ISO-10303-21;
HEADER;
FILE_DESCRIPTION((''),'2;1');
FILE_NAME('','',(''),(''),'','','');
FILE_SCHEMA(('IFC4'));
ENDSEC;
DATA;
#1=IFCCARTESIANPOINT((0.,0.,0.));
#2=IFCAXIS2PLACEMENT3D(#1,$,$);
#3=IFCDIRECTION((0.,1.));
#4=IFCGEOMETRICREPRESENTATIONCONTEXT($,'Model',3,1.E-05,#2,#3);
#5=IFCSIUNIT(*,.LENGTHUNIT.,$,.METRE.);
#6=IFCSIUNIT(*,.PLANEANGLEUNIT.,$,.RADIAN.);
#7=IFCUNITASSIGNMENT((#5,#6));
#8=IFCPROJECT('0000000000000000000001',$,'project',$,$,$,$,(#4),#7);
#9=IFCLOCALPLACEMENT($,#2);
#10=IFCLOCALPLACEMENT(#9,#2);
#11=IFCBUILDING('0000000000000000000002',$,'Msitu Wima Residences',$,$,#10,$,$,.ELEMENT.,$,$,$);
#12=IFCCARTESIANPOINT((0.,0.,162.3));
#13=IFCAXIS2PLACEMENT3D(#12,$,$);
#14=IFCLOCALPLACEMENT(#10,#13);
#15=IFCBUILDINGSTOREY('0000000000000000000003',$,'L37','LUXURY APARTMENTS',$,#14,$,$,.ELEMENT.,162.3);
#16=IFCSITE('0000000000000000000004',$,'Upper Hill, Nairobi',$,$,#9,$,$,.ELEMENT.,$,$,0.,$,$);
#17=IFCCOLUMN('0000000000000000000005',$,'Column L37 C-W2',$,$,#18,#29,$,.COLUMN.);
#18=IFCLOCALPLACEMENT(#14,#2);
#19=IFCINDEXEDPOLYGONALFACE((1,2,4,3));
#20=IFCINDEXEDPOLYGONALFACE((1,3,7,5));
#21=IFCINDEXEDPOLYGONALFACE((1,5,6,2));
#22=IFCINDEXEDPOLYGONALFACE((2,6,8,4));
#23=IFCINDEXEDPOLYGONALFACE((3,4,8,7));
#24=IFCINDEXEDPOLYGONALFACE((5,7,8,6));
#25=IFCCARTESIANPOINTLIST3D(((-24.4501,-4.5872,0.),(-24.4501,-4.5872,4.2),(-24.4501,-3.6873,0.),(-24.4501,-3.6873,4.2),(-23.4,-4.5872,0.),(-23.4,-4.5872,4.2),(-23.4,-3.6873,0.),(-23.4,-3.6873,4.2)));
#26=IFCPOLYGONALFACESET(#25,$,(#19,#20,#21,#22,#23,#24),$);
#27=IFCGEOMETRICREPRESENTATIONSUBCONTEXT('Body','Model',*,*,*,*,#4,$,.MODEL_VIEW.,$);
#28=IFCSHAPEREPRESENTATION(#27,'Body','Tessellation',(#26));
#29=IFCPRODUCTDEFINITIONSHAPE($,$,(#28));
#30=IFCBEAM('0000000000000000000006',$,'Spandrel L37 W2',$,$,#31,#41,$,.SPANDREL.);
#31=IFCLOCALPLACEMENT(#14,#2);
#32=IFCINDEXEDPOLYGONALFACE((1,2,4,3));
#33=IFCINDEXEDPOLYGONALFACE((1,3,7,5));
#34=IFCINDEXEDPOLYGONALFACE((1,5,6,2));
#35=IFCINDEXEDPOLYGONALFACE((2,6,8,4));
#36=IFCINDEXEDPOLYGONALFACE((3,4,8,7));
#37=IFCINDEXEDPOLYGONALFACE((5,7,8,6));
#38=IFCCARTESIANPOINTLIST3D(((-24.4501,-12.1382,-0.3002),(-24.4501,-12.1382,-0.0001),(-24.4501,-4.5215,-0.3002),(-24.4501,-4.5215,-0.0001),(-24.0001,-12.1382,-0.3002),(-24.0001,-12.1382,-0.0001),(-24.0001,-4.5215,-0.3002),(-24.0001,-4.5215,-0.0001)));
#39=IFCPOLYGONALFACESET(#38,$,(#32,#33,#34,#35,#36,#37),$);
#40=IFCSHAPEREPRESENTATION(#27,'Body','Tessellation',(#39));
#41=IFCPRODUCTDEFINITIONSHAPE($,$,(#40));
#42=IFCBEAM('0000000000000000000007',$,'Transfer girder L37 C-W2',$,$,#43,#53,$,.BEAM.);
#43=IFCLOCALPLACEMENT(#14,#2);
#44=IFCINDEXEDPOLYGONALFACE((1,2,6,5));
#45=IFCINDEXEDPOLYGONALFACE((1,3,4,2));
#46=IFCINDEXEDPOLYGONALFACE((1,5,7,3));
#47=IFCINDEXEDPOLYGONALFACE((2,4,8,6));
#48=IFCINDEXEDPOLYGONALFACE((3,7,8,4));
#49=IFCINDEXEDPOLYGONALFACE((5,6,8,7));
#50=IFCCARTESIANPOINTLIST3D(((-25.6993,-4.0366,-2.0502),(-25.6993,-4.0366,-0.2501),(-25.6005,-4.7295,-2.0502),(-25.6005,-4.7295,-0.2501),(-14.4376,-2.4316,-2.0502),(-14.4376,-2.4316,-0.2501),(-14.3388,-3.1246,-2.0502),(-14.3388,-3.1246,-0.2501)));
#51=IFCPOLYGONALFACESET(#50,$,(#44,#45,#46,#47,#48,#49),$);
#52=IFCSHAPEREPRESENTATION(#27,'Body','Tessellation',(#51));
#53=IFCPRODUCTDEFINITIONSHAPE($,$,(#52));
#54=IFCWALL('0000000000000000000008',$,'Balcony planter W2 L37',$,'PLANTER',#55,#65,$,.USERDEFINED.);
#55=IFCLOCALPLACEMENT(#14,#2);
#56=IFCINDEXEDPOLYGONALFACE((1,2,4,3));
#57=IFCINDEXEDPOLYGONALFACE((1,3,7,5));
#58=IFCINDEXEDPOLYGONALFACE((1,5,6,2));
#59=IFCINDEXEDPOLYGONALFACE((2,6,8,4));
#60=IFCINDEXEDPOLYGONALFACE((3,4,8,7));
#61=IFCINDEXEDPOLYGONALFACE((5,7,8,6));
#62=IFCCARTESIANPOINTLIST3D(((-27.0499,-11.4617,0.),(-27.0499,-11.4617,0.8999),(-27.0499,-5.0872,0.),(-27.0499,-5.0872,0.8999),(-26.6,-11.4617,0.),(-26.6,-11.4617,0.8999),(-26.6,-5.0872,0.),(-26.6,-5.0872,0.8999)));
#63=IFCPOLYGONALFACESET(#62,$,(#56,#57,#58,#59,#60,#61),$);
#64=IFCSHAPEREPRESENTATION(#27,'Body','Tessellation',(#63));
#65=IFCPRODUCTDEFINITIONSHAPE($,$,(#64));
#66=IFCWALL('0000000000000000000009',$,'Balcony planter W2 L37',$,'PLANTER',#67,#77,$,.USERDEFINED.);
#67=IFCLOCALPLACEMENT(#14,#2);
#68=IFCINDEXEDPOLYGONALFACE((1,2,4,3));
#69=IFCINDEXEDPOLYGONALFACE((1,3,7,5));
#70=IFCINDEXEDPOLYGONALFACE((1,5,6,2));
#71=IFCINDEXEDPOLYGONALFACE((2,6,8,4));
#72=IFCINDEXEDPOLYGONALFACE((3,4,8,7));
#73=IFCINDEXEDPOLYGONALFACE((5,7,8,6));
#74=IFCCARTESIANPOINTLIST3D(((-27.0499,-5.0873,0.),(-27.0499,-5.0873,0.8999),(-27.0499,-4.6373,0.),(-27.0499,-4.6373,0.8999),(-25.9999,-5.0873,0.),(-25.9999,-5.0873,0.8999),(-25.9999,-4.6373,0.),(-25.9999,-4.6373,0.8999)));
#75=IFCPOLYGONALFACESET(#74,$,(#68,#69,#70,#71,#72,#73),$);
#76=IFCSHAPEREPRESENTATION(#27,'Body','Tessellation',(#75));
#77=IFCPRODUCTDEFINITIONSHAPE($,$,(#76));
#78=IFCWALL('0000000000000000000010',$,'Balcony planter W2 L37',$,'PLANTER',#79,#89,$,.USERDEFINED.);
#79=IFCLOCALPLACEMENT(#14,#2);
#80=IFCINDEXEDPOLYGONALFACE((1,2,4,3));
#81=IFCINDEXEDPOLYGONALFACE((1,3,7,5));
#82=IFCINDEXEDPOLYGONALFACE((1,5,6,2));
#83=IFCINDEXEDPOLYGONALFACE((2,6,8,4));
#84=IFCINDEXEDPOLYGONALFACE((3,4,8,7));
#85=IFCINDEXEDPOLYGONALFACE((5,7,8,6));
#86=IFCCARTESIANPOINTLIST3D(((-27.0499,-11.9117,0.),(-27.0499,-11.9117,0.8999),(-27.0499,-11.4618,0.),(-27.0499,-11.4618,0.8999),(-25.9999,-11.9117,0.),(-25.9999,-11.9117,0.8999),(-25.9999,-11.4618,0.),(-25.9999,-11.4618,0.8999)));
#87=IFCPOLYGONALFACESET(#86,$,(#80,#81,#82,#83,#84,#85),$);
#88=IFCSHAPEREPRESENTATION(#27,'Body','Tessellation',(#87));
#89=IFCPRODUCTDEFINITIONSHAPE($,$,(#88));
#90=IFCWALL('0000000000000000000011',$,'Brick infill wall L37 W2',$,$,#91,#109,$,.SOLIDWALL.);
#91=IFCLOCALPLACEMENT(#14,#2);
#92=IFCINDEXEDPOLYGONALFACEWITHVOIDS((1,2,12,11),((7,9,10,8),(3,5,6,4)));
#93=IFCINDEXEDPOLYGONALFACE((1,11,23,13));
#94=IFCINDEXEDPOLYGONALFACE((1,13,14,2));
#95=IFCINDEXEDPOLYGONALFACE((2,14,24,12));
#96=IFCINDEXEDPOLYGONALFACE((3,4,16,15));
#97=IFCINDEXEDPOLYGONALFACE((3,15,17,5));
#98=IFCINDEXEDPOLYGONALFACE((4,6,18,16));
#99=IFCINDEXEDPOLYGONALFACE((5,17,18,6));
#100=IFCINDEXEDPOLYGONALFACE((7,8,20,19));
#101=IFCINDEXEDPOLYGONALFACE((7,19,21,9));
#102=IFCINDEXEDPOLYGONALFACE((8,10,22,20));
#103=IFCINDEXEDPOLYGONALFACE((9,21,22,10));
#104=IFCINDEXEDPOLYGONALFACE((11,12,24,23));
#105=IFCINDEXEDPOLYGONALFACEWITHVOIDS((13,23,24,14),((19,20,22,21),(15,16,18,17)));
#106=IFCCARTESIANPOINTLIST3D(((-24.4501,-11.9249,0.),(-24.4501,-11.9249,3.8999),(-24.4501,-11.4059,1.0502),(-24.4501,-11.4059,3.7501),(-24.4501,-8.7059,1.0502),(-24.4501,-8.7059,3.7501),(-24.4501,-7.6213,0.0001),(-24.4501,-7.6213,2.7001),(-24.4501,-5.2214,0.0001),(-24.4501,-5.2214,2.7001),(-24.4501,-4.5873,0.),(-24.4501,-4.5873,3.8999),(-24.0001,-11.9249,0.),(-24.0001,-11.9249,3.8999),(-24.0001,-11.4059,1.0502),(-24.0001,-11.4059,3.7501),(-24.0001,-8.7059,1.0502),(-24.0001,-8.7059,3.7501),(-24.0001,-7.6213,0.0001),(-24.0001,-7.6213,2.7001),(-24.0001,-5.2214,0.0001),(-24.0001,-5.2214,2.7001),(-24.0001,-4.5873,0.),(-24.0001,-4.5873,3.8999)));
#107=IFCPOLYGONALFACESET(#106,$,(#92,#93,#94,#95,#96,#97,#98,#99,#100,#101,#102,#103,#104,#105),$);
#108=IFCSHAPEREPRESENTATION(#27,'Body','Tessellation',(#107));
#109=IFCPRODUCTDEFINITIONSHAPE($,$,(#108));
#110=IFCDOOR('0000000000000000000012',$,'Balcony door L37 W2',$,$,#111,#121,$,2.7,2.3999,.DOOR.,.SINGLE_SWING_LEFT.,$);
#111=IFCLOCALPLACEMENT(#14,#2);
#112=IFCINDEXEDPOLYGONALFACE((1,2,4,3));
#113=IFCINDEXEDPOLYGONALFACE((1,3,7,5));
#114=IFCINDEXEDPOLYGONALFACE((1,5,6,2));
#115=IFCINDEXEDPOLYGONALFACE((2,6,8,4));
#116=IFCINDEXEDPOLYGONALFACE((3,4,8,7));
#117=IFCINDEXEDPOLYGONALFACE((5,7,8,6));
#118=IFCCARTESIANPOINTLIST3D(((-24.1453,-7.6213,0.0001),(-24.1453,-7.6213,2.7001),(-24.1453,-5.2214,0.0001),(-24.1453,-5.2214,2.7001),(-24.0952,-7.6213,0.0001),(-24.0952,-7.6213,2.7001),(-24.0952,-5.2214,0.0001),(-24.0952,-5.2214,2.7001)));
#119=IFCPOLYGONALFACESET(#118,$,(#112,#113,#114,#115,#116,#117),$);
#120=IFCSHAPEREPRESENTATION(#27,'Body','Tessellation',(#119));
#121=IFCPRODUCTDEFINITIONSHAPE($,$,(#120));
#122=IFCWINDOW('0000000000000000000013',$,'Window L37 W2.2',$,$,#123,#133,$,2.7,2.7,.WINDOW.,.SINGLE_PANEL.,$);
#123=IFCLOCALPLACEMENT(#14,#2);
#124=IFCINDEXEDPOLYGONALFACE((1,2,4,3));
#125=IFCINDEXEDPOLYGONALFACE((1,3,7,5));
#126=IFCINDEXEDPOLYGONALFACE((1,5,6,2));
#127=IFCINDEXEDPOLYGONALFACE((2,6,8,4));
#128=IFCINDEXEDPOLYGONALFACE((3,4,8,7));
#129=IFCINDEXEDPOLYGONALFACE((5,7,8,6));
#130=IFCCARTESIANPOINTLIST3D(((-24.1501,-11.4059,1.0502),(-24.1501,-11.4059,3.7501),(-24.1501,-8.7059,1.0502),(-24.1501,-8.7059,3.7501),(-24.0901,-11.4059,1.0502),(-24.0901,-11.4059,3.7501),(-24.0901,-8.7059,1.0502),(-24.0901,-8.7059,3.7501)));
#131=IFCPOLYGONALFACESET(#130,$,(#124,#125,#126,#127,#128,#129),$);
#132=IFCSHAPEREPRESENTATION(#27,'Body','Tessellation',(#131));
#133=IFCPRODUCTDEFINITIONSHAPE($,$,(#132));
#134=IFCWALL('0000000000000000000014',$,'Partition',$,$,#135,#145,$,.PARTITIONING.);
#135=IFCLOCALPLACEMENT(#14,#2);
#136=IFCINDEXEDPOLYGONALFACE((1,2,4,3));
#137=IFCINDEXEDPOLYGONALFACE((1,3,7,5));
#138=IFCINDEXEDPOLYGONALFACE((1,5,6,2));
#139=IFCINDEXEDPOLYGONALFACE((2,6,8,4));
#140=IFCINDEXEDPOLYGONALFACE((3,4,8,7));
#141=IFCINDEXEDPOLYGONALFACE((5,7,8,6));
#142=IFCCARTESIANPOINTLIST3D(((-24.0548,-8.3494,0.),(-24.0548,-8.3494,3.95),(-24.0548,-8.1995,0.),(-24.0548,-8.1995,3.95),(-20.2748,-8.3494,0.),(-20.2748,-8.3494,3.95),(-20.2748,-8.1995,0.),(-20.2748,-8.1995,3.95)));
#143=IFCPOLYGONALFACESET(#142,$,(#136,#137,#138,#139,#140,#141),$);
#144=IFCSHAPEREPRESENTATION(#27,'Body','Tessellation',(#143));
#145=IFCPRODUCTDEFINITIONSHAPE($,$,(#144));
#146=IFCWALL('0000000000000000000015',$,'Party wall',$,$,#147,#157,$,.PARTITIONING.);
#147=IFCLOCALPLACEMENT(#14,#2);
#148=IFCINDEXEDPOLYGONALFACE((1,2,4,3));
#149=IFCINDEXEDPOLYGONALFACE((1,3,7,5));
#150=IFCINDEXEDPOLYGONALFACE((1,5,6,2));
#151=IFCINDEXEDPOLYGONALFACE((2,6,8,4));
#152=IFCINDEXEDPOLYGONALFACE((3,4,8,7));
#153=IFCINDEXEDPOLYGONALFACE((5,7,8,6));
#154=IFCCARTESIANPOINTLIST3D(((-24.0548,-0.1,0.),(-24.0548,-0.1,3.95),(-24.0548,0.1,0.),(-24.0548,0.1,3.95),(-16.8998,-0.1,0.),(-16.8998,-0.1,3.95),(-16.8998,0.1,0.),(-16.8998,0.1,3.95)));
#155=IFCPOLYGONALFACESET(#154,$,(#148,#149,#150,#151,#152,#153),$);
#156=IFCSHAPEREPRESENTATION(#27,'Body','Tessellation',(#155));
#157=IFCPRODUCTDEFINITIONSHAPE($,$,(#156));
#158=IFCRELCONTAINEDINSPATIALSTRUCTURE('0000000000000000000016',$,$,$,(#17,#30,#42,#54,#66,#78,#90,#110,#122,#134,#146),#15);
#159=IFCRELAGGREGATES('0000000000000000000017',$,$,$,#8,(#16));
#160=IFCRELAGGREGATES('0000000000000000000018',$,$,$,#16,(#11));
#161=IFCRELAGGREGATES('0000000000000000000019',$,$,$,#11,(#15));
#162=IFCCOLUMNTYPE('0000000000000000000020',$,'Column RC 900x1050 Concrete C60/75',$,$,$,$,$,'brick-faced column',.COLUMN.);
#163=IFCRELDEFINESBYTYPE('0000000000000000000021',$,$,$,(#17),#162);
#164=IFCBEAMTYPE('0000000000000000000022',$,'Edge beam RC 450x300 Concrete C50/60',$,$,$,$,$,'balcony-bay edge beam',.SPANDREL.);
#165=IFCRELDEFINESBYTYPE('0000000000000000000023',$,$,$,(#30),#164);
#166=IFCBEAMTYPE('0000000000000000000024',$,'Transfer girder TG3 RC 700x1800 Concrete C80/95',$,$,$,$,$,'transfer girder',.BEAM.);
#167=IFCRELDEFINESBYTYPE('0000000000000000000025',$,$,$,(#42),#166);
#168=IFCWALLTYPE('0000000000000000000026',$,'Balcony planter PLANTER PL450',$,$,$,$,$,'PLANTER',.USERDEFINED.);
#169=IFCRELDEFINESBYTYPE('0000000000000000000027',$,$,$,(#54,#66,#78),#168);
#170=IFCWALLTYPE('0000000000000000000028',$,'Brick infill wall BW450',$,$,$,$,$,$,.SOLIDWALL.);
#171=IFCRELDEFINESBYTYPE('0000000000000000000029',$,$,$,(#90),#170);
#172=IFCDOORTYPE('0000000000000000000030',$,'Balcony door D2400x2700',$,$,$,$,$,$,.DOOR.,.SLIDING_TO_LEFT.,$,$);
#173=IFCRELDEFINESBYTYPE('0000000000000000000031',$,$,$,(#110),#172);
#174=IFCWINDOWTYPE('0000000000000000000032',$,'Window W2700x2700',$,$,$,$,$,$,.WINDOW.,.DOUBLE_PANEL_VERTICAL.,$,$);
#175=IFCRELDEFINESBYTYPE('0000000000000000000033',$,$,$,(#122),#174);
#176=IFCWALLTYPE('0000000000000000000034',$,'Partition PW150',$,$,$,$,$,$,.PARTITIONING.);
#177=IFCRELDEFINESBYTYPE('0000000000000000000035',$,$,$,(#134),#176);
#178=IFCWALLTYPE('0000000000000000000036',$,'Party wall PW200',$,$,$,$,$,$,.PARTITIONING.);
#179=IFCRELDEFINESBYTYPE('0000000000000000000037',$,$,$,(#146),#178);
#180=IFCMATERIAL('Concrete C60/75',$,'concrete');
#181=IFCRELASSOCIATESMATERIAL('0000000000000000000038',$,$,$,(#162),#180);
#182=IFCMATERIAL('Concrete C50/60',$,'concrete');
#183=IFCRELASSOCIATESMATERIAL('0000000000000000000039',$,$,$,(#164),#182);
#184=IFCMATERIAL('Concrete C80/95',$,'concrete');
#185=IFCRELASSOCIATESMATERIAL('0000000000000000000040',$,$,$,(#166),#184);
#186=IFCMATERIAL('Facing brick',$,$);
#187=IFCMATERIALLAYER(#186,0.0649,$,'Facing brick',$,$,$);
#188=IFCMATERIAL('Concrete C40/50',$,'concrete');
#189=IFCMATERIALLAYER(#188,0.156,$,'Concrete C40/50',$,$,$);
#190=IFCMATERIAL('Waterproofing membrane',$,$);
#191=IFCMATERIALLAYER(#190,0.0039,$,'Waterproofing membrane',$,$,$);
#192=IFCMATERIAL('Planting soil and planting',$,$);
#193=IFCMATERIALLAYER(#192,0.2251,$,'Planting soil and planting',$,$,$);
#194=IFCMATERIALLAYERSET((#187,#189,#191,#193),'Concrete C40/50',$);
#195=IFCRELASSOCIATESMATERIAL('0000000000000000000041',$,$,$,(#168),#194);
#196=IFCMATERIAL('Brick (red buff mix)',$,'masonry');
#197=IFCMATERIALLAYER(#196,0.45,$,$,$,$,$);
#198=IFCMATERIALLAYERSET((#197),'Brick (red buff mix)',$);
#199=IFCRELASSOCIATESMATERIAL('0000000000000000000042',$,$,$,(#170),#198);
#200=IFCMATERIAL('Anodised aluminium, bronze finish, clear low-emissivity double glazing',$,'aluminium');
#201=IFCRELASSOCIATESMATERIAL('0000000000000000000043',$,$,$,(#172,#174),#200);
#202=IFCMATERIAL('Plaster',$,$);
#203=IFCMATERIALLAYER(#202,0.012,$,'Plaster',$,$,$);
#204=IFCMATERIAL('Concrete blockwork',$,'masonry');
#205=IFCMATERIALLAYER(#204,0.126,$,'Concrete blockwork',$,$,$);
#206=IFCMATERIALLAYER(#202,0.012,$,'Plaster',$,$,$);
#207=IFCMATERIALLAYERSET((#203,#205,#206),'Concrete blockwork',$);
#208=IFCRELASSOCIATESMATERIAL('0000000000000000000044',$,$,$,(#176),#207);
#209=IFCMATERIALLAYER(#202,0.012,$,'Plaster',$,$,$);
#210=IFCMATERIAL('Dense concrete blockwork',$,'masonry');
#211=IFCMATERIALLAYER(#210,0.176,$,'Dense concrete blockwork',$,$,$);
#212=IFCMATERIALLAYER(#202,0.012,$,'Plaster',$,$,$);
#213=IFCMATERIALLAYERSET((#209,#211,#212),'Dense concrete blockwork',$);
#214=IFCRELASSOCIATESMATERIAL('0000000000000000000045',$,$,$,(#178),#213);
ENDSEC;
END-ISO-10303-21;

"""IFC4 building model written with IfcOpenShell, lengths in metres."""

from ifc_helpers import new_model, si_unit, direction, frame, frame_2d, origin, origin_2d, place, context, subcontext, project, spatial, rectangle, extrude, material, layer, layer_set, material_profile, profile_set, type_object, element, fill, save


model = new_model("IFC4")

# Units and contexts
model_context = context("Model", 3, precision=1e-05, world=origin(), true_north=direction((0.0, 1.0)))
body_context = subcontext(model_context, "Body", "Model", "MODEL_VIEW")
ifc_project = project(units=[si_unit("LENGTHUNIT", "METRE"), si_unit("PLANEANGLEUNIT", "RADIAN")], contexts=[model_context])

# Site, building, storey
site_placement = place(None, origin())
site = spatial("IfcSite", under=ifc_project, at=site_placement, Name="Upper Hill, Nairobi", CompositionType="ELEMENT", RefElevation=0.0)
building_placement = place(site_placement, origin())
building = spatial("IfcBuilding", under=site, at=building_placement, Name="Msitu Wima Residences", CompositionType="ELEMENT")
storey_placement = place(building_placement, frame((0.0, 0.0, 162.3)))
storey = spatial("IfcBuildingStorey", under=building, at=storey_placement, Name="L37", Description="LUXURY APARTMENTS", CompositionType="ELEMENT", Elevation=162.3)

# Column
ifc_material_1 = material(Name="Concrete C60/75", Category="concrete")
ifc_material_profile_1 = material_profile(ifc_material_1, rectangle(XDim=0.8999, YDim=1.05, at=origin_2d()), Name="RC 900x1050")
ifc_profile_set_1 = profile_set([ifc_material_profile_1], Name="Concrete C60/75")
column_type = type_object("IfcColumnType", Name="Column RC 900x1050 Concrete C60/75", ElementType="brick-faced column", PredefinedType="COLUMN", material=ifc_profile_set_1)
column_placement = place(storey_placement, frame((-23.925, -4.1372, 0.0), z_axis=(0.0, 0.0, 1.0), x_axis=(0.0, -1.0, 0.0)))
element("IfcColumn", 1, at=column_placement, inside=storey, type_object=column_type, Name="Column L37 C-W2", PredefinedType="COLUMN", context=body_context, shape_type="SweptSolid", body=[
    extrude(rectangle(XDim=0.8999, YDim=1.05, at=origin_2d()), origin(), (0.0, 0.0, 1.0), 4.2),
])

# Beams
ifc_material_2 = material(Name="Concrete C50/60", Category="concrete")
ifc_material_profile_2 = material_profile(ifc_material_2, rectangle(XDim=0.45, YDim=0.3, at=origin_2d()), Name="RC 450x300")
ifc_profile_set_2 = profile_set([ifc_material_profile_2], Name="Concrete C50/60")
beam_type_1 = type_object("IfcBeamType", Name="Edge beam RC 450x300 Concrete C50/60", ElementType="balcony-bay edge beam", PredefinedType="SPANDREL", material=ifc_profile_set_2)
beam_1_placement = place(storey_placement, frame((-24.2251, -4.5215, -0.1501), z_axis=(0.0, -1.0, 0.0), x_axis=(1.0, 0.0, 0.0)))
element("IfcBeam", 2, at=beam_1_placement, inside=storey, type_object=beam_type_1, Name="Spandrel L37 W2", PredefinedType="SPANDREL", context=body_context, shape_type="SweptSolid", body=[
    extrude(rectangle(XDim=0.45, YDim=0.3, at=origin_2d()), origin(), (0.0, 0.0, 1.0), 7.6167),
])
ifc_material_3 = material(Name="Concrete C80/95", Category="concrete")
ifc_material_profile_3 = material_profile(ifc_material_3, rectangle(XDim=0.7, YDim=1.8, at=origin_2d()), Name="RC 700x1800")
ifc_profile_set_3 = profile_set([ifc_material_profile_3], Name="Concrete C80/95")
beam_type_2 = type_object("IfcBeamType", Name="Transfer girder TG3 RC 700x1800 Concrete C80/95", ElementType="transfer girder", PredefinedType="BEAM", material=ifc_profile_set_3)
beam_2_placement = place(storey_placement, frame((-25.6499, -4.3831, -1.1501), z_axis=(0.989997, 0.141091, 0.0), x_axis=(-0.141091, 0.989997, 0.0)))
element("IfcBeam", 3, at=beam_2_placement, inside=storey, type_object=beam_type_2, Name="Transfer girder L37 C-W2", PredefinedType="BEAM", context=body_context, shape_type="SweptSolid", body=[
    extrude(rectangle(XDim=0.7, YDim=1.8, at=origin_2d()), origin(), (0.0, 0.0, 1.0), 11.3755),
])

# Walls
ifc_material_4 = material(Name="Facing brick")
ifc_layer_1 = layer(ifc_material_4, 0.0649, Name="Facing brick")
ifc_material_5 = material(Name="Concrete C40/50", Category="concrete")
ifc_layer_2 = layer(ifc_material_5, 0.156, Name="Concrete C40/50")
ifc_material_6 = material(Name="Waterproofing membrane")
ifc_layer_3 = layer(ifc_material_6, 0.0039, Name="Waterproofing membrane")
ifc_material_7 = material(Name="Planting soil and planting")
ifc_layer_4 = layer(ifc_material_7, 0.2251, Name="Planting soil and planting")
ifc_layer_set_1 = layer_set([ifc_layer_1, ifc_layer_2, ifc_layer_3, ifc_layer_4], Name="Concrete C40/50")
wall_type_1 = type_object("IfcWallType", Name="Balcony planter PLANTER PL450", ElementType="PLANTER", PredefinedType="USERDEFINED", material=ifc_layer_set_1)
wall_1_placement = place(storey_placement, frame((-26.825, -5.0872, 0.0), z_axis=(0.0, 0.0, 1.0), x_axis=(0.0, -1.0, 0.0)))
element("IfcWall", 4, at=wall_1_placement, inside=storey, type_object=wall_type_1, Name="Balcony planter W2 L37", ObjectType="PLANTER", PredefinedType="USERDEFINED", context=body_context, shape_type="SweptSolid", body=[
    extrude(rectangle(XDim=6.3745, YDim=0.45, at=frame_2d((3.1873, 0.0))), origin(), (0.0, 0.0, 1.0), 0.8999),
])
for number, where, z_axis, x_axis, name in (
    (5, (-26.0, -4.8623, 0.0), (0.0, 0.0, 1.0), (-1.0, 0.0, 0.0), "Balcony planter W2 L37"),
    (6, (-26.0, -11.6868, 0.0), (0.0, 0.0, 1.0), (-1.0, 0.0, 0.0), "Balcony planter W2 L37"),
):
    element("IfcWall", number, at=place(storey_placement, frame(where, z_axis=z_axis, x_axis=x_axis)), inside=storey, type_object=wall_type_1, Name=name, ObjectType="PLANTER", PredefinedType="USERDEFINED", context=body_context, shape_type="SweptSolid", body=[
        extrude(rectangle(XDim=1.05, YDim=0.45, at=frame_2d((0.5249, 0.0))), origin(), (0.0, 0.0, 1.0), 0.8999),
    ])

# Wall, openings, door, window
ifc_material_8 = material(Name="Brick (red buff mix)", Category="masonry")
ifc_layer_5 = layer(ifc_material_8, 0.45)
ifc_layer_set_2 = layer_set([ifc_layer_5], Name="Brick (red buff mix)")
wall_type_2 = type_object("IfcWallType", Name="Brick infill wall BW450", PredefinedType="SOLIDWALL", material=ifc_layer_set_2)
wall_2_placement = place(storey_placement, frame((-24.2251, -4.5872, 0.0), z_axis=(0.0, 0.0, 1.0), x_axis=(0.0, -1.0, 0.0)))
wall_2 = element("IfcWall", 7, at=wall_2_placement, inside=storey, type_object=wall_type_2, Name="Brick infill wall L37 W2", PredefinedType="SOLIDWALL", context=body_context, shape_type="SweptSolid", body=[
    extrude(rectangle(XDim=7.3376, YDim=0.45, at=frame_2d((3.6689, 0.0))), origin(), (0.0, 0.0, 1.0), 3.8999),
])
opening_1_placement = place(wall_2_placement, frame((0.6343, 0.0, 0.0)))
opening_1 = element("IfcOpeningElement", 8, at=opening_1_placement, cuts=wall_2, PredefinedType="OPENING", context=body_context, shape_type="SweptSolid", body=[
    extrude(rectangle(XDim=2.3999, YDim=2.7, at=frame_2d((1.2, 1.3501))), frame((0.0, 0.2349, 0.0), z_axis=(0.0, -1.0, 0.0), x_axis=(1.0, 0.0, 0.0)), (0.0, 0.0, 1.0), 0.47),
])
opening_2_placement = place(wall_2_placement, frame((4.1187, 0.0, 1.05)))
opening_2 = element("IfcOpeningElement", 9, at=opening_2_placement, cuts=wall_2, PredefinedType="OPENING", context=body_context, shape_type="SweptSolid", body=[
    extrude(rectangle(XDim=2.7, YDim=2.7, at=frame_2d((1.3501, 1.3501))), frame((0.0, 0.2349, 0.0), z_axis=(0.0, -1.0, 0.0), x_axis=(1.0, 0.0, 0.0)), (0.0, 0.0, 1.0), 0.47),
])
ifc_material_9 = material(Name="Anodised aluminium, bronze finish, clear low-emissivity double glazing", Category="aluminium")
door_type = type_object("IfcDoorType", Name="Balcony door D2400x2700", OperationType="SLIDING_TO_LEFT", PredefinedType="DOOR", material=ifc_material_9)
door_placement = place(opening_1_placement, origin())
door = element("IfcDoor", 10, at=door_placement, inside=storey, type_object=door_type, Name="Balcony door L37 W2", OperationType="SINGLE_SWING_LEFT", OverallHeight=2.7, OverallWidth=2.3999, PredefinedType="DOOR", context=body_context, shape_type="SweptSolid", body=[
    extrude(rectangle(XDim=2.3999, YDim=2.7, at=frame_2d((1.2, 1.3501))), frame((0.0, 0.1299, 0.0), z_axis=(0.0, -1.0, 0.0), x_axis=(1.0, 0.0, 0.0)), (0.0, 0.0, 1.0), 0.05),
])
fill(opening_1, door)
window_type = type_object("IfcWindowType", Name="Window W2700x2700", PartitioningType="DOUBLE_PANEL_VERTICAL", PredefinedType="WINDOW", material=ifc_material_9)
window_placement = place(opening_2_placement, origin())
window = element("IfcWindow", 11, at=window_placement, inside=storey, type_object=window_type, Name="Window L37 W2.2", OverallHeight=2.7, OverallWidth=2.7, PartitioningType="SINGLE_PANEL", PredefinedType="WINDOW", context=body_context, shape_type="SweptSolid", body=[
    extrude(rectangle(XDim=2.7, YDim=2.7, at=frame_2d((1.3501, 1.3501))), frame((0.0, 0.135, 0.0), z_axis=(0.0, -1.0, 0.0), x_axis=(1.0, 0.0, 0.0)), (0.0, 0.0, 1.0), 0.0601),
])
fill(opening_2, window)

# Walls
ifc_material_10 = material(Name="Plaster")
ifc_layer_6 = layer(ifc_material_10, 0.012, Name="Plaster")
ifc_material_11 = material(Name="Concrete blockwork", Category="masonry")
ifc_layer_7 = layer(ifc_material_11, 0.126, Name="Concrete blockwork")
ifc_layer_8 = layer(ifc_material_10, 0.012, Name="Plaster")
ifc_layer_set_3 = layer_set([ifc_layer_6, ifc_layer_7, ifc_layer_8], Name="Concrete blockwork")
wall_type_3 = type_object("IfcWallType", Name="Partition PW150", PredefinedType="PARTITIONING", material=ifc_layer_set_3)
wall_3_placement = place(storey_placement, frame((-24.0549, -8.2744, 0.0), z_axis=(0.0, 0.0, 1.0), x_axis=(1.0, 0.0, 0.0)))
element("IfcWall", 12, at=wall_3_placement, inside=storey, type_object=wall_type_3, Name="Partition", PredefinedType="PARTITIONING", context=body_context, shape_type="SweptSolid", body=[
    extrude(rectangle(XDim=3.78, YDim=0.1499, at=frame_2d((1.8901, 0.0))), origin(), (0.0, 0.0, 1.0), 3.95),
])
ifc_layer_9 = layer(ifc_material_10, 0.012, Name="Plaster")
ifc_material_12 = material(Name="Dense concrete blockwork", Category="masonry")
ifc_layer_10 = layer(ifc_material_12, 0.176, Name="Dense concrete blockwork")
ifc_layer_11 = layer(ifc_material_10, 0.012, Name="Plaster")
ifc_layer_set_4 = layer_set([ifc_layer_9, ifc_layer_10, ifc_layer_11], Name="Dense concrete blockwork")
wall_type_4 = type_object("IfcWallType", Name="Party wall PW200", PredefinedType="PARTITIONING", material=ifc_layer_set_4)
wall_4_placement = place(storey_placement, frame((-24.0549, 0.0, 0.0), z_axis=(0.0, 0.0, 1.0), x_axis=(1.0, 0.0, 0.0)))
element("IfcWall", 13, at=wall_4_placement, inside=storey, type_object=wall_type_4, Name="Party wall", PredefinedType="PARTITIONING", context=body_context, shape_type="SweptSolid", body=[
    extrude(rectangle(XDim=7.155, YDim=0.2, at=frame_2d((3.5776, 0.0))), origin(), (0.0, 0.0, 1.0), 3.95),
])

save(model, "model.ifc")
